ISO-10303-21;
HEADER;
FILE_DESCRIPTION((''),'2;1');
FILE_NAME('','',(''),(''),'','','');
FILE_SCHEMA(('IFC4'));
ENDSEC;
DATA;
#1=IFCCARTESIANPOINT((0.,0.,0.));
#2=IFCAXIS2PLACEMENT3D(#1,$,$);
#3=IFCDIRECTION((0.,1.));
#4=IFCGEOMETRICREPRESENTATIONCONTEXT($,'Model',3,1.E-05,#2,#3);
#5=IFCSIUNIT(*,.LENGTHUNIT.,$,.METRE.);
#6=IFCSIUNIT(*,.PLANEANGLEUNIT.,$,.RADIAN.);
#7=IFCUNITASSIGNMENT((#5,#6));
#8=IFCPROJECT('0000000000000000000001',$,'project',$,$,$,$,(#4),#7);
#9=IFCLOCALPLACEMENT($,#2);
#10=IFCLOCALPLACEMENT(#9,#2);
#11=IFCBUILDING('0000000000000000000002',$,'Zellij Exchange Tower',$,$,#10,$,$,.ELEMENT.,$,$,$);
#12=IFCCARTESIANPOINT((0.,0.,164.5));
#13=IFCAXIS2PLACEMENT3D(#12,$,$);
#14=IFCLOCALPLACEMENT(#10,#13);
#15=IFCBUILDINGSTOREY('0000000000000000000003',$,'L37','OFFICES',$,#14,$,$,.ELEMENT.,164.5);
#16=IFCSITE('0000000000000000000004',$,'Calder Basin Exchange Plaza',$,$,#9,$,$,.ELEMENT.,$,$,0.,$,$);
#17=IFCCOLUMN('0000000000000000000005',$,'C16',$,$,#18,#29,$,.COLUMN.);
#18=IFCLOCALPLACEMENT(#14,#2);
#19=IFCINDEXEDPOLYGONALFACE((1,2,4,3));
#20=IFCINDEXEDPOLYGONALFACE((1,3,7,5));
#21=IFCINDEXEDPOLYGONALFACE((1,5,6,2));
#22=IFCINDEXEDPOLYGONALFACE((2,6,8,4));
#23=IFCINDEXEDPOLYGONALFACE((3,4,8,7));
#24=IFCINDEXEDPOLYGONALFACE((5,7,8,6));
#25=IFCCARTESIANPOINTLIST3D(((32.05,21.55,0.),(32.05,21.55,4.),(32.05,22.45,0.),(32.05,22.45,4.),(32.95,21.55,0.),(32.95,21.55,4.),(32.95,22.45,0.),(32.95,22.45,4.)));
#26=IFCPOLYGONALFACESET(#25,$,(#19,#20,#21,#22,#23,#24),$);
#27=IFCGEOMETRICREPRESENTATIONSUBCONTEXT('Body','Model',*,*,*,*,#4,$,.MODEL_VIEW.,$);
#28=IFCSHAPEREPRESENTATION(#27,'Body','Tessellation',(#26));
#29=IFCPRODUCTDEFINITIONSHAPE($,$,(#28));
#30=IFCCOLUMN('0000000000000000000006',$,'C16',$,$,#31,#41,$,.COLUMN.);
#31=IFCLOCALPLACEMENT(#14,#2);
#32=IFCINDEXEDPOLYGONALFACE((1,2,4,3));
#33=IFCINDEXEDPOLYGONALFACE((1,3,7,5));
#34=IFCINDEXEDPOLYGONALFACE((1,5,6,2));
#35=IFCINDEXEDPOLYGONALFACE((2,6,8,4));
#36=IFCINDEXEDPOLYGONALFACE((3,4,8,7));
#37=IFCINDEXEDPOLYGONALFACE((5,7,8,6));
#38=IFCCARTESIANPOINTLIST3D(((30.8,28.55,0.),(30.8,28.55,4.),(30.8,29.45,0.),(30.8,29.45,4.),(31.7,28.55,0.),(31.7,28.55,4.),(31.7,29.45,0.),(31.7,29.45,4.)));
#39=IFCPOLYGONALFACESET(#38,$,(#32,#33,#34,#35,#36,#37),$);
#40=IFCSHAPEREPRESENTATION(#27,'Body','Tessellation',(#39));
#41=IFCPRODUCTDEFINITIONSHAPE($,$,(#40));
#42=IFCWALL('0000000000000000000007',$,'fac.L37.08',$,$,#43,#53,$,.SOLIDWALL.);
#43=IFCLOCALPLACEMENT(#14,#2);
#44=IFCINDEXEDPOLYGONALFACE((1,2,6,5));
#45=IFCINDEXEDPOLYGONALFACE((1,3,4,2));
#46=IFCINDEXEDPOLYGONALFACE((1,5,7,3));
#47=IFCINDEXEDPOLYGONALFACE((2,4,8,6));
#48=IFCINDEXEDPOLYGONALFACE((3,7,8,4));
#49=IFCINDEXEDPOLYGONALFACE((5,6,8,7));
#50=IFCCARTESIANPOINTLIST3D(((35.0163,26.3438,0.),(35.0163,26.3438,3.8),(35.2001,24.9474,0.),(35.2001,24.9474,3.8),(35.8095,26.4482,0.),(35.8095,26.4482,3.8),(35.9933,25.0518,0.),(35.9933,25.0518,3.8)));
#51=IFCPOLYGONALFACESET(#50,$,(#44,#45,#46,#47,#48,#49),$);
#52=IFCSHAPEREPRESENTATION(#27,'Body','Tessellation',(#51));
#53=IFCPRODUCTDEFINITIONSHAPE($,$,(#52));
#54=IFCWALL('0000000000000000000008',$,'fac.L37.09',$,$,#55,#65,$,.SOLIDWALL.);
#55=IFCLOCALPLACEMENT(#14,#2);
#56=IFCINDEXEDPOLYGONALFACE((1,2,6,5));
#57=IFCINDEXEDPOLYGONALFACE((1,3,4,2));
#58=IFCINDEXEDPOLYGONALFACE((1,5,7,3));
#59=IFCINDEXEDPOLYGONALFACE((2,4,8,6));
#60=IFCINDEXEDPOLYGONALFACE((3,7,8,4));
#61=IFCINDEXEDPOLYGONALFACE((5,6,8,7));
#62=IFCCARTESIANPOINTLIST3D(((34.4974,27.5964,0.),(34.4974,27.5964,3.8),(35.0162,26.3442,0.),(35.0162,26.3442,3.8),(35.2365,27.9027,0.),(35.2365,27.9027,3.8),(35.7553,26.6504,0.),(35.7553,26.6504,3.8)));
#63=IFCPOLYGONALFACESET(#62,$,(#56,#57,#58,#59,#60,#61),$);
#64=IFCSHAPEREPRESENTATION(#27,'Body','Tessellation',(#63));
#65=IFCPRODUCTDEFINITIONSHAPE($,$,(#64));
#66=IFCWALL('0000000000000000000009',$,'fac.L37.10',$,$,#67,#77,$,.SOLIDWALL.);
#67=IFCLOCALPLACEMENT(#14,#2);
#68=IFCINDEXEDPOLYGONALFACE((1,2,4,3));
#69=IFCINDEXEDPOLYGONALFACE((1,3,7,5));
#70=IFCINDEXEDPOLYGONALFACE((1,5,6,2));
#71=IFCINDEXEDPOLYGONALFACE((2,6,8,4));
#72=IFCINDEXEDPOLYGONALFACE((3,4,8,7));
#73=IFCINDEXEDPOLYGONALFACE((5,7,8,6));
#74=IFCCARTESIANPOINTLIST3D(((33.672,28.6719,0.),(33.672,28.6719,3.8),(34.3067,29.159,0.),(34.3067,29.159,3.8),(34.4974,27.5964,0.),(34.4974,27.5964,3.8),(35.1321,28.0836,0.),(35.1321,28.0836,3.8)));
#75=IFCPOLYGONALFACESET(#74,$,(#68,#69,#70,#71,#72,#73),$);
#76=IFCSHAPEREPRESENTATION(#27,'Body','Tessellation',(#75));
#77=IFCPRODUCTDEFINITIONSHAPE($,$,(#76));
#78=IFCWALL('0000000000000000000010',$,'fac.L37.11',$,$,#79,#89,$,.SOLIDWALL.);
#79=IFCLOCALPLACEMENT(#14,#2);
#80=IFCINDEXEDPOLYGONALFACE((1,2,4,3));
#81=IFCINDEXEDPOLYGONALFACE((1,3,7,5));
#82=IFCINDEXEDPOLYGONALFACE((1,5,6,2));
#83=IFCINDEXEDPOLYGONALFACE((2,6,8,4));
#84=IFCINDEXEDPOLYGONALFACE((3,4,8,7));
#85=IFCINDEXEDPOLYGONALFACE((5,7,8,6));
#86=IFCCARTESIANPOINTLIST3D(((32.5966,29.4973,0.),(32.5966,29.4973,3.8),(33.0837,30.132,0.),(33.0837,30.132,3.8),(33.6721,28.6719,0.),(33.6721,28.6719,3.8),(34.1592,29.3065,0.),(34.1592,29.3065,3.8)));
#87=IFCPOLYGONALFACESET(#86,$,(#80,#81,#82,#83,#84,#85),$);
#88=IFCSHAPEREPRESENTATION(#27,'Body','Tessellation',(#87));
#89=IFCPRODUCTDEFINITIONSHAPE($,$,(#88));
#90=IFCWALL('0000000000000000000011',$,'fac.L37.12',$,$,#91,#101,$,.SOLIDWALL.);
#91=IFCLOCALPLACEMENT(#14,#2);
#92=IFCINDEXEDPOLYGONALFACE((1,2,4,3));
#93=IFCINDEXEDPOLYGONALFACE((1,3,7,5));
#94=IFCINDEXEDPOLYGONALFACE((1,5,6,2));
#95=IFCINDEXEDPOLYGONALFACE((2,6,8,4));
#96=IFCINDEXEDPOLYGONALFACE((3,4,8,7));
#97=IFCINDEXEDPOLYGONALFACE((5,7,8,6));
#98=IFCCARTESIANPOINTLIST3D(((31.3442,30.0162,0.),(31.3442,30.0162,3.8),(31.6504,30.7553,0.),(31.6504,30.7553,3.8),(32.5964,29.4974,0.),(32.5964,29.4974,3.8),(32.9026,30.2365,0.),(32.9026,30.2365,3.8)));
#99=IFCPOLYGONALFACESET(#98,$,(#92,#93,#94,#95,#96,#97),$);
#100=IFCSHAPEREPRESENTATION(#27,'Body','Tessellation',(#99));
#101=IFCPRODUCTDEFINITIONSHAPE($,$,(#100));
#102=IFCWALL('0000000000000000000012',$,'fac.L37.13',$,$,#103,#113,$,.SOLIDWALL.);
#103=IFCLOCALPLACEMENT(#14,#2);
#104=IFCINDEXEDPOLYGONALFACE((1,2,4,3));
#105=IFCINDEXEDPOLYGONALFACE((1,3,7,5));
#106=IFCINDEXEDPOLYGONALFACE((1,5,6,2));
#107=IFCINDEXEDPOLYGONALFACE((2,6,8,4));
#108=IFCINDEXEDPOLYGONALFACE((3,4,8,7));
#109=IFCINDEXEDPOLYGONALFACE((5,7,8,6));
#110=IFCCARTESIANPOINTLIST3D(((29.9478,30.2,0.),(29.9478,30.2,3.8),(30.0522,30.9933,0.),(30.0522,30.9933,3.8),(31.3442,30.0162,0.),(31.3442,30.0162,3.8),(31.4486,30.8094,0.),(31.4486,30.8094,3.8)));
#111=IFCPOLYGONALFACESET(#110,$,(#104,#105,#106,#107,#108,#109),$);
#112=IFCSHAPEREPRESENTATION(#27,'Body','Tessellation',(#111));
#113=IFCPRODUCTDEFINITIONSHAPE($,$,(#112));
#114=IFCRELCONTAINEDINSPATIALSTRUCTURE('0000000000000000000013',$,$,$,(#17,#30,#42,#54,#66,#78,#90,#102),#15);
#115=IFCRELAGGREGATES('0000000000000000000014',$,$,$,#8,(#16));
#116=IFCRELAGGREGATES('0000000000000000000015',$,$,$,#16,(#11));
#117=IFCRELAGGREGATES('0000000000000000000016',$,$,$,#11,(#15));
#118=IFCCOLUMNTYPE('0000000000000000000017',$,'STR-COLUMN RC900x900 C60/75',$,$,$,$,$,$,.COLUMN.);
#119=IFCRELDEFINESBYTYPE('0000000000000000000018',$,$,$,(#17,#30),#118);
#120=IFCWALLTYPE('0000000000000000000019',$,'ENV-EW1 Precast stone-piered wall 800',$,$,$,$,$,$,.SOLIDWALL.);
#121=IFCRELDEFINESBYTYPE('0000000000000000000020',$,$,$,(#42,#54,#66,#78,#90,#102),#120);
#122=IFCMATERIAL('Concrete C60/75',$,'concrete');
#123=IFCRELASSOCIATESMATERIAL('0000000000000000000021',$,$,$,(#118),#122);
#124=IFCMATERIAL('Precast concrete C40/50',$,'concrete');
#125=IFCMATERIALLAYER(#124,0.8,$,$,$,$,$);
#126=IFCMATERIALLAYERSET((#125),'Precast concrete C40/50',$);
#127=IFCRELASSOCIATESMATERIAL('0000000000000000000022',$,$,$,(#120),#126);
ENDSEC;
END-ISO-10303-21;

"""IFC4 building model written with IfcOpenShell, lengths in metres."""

from ifc_helpers import new_model, si_unit, direction, frame, frame_2d, origin, origin_2d, place, context, subcontext, project, spatial, rectangle, extrude, material, layer, layer_set, material_profile, profile_set, type_object, element, save


model = new_model("IFC4")

# Units and contexts
model_context = context("Model", 3, precision=1e-05, world=origin(), true_north=direction((0.0, 1.0)))
body_context = subcontext(model_context, "Body", "Model", "MODEL_VIEW")
ifc_project = project(units=[si_unit("LENGTHUNIT", "METRE"), si_unit("PLANEANGLEUNIT", "RADIAN")], contexts=[model_context])

# Site, building, storey
site_placement = place(None, origin())
site = spatial("IfcSite", under=ifc_project, at=site_placement, Name="Calder Basin Exchange Plaza", CompositionType="ELEMENT", RefElevation=0.0)
building_placement = place(site_placement, origin())
building = spatial("IfcBuilding", under=site, at=building_placement, Name="Zellij Exchange Tower", CompositionType="ELEMENT")
storey_placement = place(building_placement, frame((0.0, 0.0, 164.5)))
storey = spatial("IfcBuildingStorey", under=building, at=storey_placement, Name="L37", Description="OFFICES", CompositionType="ELEMENT", Elevation=164.5)

# Columns
ifc_material_1 = material(Name="Concrete C60/75", Category="concrete")
ifc_material_profile = material_profile(ifc_material_1, rectangle(XDim=0.8999, YDim=0.8999, at=origin_2d()), Name="STR-COLUMN RC900x900 C60/75")
ifc_profile_set = profile_set([ifc_material_profile], Name="Concrete C60/75")
column_type = type_object("IfcColumnType", Name="STR-COLUMN RC900x900 C60/75", PredefinedType="COLUMN", material=ifc_profile_set)
for number, where, z_axis, x_axis, name in (
    (1, (32.5, 22.0, 0.0), (0.0, 0.0, 1.0), (1.0, 0.0, 0.0), "C16"),
    (2, (31.25, 29.0, 0.0), (0.0, 0.0, 1.0), (1.0, 0.0, 0.0), "C16"),
):
    element("IfcColumn", number, at=place(storey_placement, frame(where, z_axis=z_axis, x_axis=x_axis)), inside=storey, type_object=column_type, Name=name, PredefinedType="COLUMN", context=body_context, shape_type="SweptSolid", body=[
        extrude(rectangle(XDim=0.8999, YDim=0.8999, at=origin_2d()), origin(), (0.0, 0.0, 1.0), 4.0),
    ])

# Walls
ifc_material_2 = material(Name="Precast concrete C40/50", Category="concrete")
ifc_layer_1 = layer(ifc_material_2, 0.8)
ifc_layer_set_1 = layer_set([ifc_layer_1], Name="Precast concrete C40/50")
wall_type = type_object("IfcWallType", Name="ENV-EW1 Precast stone-piered wall 800", PredefinedType="SOLIDWALL", material=ifc_layer_set_1)
wall_1_placement = place(storey_placement, frame((35.5967, 24.9998, 0.0), z_axis=(0.0, 0.0, 1.0), x_axis=(-0.130517, 0.991446, 0.0)))
element("IfcWall", 3, at=wall_1_placement, inside=storey, type_object=wall_type, Name="fac.L37.08", PredefinedType="SOLIDWALL", context=body_context, shape_type="SweptSolid", body=[
    extrude(rectangle(XDim=1.4084, YDim=0.8, at=frame_2d((0.7041, 0.0))), origin(), (0.0, 0.0, 1.0), 3.8),
])
wall_2_placement = place(storey_placement, frame((35.3857, 26.4973, 0.0), z_axis=(0.0, 0.0, 1.0), x_axis=(-0.38276, 0.923848, 0.0)))
element("IfcWall", 4, at=wall_2_placement, inside=storey, type_object=wall_type, Name="fac.L37.09", PredefinedType="SOLIDWALL", context=body_context, shape_type="SweptSolid", body=[
    extrude(rectangle(XDim=1.3555, YDim=0.8, at=frame_2d((0.6777, 0.0))), origin(), (0.0, 0.0, 1.0), 3.8),
])
for number, where, z_axis, x_axis, name in (
    (5, (34.8147, 27.8401, 0.0), (0.0, 0.0, 1.0), (-0.608866, 0.793273, 0.0), "fac.L37.10"),
    (6, (33.9155, 28.9893, 0.0), (0.0, 0.0, 1.0), (-0.793273, 0.608866, 0.0), "fac.L37.11"),
):
    element("IfcWall", number, at=place(storey_placement, frame(where, z_axis=z_axis, x_axis=x_axis)), inside=storey, type_object=wall_type, Name=name, PredefinedType="SOLIDWALL", context=body_context, shape_type="SweptSolid", body=[
        extrude(rectangle(XDim=1.3557, YDim=0.8, at=frame_2d((0.6777, 0.0))), origin(), (0.0, 0.0, 1.0), 3.8),
    ])
wall_3_placement = place(storey_placement, frame((32.7495, 29.8669, 0.0), z_axis=(0.0, 0.0, 1.0), x_axis=(-0.923848, 0.38276, 0.0)))
element("IfcWall", 7, at=wall_3_placement, inside=storey, type_object=wall_type, Name="fac.L37.12", PredefinedType="SOLIDWALL", context=body_context, shape_type="SweptSolid", body=[
    extrude(rectangle(XDim=1.3555, YDim=0.8, at=frame_2d((0.6777, 0.0))), origin(), (0.0, 0.0, 1.0), 3.8),
])
wall_4_placement = place(storey_placement, frame((31.3962, 30.4128, 0.0), z_axis=(0.0, 0.0, 1.0), x_axis=(-0.991446, 0.130517, 0.0)))
element("IfcWall", 8, at=wall_4_placement, inside=storey, type_object=wall_type, Name="fac.L37.13", PredefinedType="SOLIDWALL", context=body_context, shape_type="SweptSolid", body=[
    extrude(rectangle(XDim=1.4084, YDim=0.8, at=frame_2d((0.7041, 0.0))), origin(), (0.0, 0.0, 1.0), 3.8),
])

save(model, "model.ifc")
